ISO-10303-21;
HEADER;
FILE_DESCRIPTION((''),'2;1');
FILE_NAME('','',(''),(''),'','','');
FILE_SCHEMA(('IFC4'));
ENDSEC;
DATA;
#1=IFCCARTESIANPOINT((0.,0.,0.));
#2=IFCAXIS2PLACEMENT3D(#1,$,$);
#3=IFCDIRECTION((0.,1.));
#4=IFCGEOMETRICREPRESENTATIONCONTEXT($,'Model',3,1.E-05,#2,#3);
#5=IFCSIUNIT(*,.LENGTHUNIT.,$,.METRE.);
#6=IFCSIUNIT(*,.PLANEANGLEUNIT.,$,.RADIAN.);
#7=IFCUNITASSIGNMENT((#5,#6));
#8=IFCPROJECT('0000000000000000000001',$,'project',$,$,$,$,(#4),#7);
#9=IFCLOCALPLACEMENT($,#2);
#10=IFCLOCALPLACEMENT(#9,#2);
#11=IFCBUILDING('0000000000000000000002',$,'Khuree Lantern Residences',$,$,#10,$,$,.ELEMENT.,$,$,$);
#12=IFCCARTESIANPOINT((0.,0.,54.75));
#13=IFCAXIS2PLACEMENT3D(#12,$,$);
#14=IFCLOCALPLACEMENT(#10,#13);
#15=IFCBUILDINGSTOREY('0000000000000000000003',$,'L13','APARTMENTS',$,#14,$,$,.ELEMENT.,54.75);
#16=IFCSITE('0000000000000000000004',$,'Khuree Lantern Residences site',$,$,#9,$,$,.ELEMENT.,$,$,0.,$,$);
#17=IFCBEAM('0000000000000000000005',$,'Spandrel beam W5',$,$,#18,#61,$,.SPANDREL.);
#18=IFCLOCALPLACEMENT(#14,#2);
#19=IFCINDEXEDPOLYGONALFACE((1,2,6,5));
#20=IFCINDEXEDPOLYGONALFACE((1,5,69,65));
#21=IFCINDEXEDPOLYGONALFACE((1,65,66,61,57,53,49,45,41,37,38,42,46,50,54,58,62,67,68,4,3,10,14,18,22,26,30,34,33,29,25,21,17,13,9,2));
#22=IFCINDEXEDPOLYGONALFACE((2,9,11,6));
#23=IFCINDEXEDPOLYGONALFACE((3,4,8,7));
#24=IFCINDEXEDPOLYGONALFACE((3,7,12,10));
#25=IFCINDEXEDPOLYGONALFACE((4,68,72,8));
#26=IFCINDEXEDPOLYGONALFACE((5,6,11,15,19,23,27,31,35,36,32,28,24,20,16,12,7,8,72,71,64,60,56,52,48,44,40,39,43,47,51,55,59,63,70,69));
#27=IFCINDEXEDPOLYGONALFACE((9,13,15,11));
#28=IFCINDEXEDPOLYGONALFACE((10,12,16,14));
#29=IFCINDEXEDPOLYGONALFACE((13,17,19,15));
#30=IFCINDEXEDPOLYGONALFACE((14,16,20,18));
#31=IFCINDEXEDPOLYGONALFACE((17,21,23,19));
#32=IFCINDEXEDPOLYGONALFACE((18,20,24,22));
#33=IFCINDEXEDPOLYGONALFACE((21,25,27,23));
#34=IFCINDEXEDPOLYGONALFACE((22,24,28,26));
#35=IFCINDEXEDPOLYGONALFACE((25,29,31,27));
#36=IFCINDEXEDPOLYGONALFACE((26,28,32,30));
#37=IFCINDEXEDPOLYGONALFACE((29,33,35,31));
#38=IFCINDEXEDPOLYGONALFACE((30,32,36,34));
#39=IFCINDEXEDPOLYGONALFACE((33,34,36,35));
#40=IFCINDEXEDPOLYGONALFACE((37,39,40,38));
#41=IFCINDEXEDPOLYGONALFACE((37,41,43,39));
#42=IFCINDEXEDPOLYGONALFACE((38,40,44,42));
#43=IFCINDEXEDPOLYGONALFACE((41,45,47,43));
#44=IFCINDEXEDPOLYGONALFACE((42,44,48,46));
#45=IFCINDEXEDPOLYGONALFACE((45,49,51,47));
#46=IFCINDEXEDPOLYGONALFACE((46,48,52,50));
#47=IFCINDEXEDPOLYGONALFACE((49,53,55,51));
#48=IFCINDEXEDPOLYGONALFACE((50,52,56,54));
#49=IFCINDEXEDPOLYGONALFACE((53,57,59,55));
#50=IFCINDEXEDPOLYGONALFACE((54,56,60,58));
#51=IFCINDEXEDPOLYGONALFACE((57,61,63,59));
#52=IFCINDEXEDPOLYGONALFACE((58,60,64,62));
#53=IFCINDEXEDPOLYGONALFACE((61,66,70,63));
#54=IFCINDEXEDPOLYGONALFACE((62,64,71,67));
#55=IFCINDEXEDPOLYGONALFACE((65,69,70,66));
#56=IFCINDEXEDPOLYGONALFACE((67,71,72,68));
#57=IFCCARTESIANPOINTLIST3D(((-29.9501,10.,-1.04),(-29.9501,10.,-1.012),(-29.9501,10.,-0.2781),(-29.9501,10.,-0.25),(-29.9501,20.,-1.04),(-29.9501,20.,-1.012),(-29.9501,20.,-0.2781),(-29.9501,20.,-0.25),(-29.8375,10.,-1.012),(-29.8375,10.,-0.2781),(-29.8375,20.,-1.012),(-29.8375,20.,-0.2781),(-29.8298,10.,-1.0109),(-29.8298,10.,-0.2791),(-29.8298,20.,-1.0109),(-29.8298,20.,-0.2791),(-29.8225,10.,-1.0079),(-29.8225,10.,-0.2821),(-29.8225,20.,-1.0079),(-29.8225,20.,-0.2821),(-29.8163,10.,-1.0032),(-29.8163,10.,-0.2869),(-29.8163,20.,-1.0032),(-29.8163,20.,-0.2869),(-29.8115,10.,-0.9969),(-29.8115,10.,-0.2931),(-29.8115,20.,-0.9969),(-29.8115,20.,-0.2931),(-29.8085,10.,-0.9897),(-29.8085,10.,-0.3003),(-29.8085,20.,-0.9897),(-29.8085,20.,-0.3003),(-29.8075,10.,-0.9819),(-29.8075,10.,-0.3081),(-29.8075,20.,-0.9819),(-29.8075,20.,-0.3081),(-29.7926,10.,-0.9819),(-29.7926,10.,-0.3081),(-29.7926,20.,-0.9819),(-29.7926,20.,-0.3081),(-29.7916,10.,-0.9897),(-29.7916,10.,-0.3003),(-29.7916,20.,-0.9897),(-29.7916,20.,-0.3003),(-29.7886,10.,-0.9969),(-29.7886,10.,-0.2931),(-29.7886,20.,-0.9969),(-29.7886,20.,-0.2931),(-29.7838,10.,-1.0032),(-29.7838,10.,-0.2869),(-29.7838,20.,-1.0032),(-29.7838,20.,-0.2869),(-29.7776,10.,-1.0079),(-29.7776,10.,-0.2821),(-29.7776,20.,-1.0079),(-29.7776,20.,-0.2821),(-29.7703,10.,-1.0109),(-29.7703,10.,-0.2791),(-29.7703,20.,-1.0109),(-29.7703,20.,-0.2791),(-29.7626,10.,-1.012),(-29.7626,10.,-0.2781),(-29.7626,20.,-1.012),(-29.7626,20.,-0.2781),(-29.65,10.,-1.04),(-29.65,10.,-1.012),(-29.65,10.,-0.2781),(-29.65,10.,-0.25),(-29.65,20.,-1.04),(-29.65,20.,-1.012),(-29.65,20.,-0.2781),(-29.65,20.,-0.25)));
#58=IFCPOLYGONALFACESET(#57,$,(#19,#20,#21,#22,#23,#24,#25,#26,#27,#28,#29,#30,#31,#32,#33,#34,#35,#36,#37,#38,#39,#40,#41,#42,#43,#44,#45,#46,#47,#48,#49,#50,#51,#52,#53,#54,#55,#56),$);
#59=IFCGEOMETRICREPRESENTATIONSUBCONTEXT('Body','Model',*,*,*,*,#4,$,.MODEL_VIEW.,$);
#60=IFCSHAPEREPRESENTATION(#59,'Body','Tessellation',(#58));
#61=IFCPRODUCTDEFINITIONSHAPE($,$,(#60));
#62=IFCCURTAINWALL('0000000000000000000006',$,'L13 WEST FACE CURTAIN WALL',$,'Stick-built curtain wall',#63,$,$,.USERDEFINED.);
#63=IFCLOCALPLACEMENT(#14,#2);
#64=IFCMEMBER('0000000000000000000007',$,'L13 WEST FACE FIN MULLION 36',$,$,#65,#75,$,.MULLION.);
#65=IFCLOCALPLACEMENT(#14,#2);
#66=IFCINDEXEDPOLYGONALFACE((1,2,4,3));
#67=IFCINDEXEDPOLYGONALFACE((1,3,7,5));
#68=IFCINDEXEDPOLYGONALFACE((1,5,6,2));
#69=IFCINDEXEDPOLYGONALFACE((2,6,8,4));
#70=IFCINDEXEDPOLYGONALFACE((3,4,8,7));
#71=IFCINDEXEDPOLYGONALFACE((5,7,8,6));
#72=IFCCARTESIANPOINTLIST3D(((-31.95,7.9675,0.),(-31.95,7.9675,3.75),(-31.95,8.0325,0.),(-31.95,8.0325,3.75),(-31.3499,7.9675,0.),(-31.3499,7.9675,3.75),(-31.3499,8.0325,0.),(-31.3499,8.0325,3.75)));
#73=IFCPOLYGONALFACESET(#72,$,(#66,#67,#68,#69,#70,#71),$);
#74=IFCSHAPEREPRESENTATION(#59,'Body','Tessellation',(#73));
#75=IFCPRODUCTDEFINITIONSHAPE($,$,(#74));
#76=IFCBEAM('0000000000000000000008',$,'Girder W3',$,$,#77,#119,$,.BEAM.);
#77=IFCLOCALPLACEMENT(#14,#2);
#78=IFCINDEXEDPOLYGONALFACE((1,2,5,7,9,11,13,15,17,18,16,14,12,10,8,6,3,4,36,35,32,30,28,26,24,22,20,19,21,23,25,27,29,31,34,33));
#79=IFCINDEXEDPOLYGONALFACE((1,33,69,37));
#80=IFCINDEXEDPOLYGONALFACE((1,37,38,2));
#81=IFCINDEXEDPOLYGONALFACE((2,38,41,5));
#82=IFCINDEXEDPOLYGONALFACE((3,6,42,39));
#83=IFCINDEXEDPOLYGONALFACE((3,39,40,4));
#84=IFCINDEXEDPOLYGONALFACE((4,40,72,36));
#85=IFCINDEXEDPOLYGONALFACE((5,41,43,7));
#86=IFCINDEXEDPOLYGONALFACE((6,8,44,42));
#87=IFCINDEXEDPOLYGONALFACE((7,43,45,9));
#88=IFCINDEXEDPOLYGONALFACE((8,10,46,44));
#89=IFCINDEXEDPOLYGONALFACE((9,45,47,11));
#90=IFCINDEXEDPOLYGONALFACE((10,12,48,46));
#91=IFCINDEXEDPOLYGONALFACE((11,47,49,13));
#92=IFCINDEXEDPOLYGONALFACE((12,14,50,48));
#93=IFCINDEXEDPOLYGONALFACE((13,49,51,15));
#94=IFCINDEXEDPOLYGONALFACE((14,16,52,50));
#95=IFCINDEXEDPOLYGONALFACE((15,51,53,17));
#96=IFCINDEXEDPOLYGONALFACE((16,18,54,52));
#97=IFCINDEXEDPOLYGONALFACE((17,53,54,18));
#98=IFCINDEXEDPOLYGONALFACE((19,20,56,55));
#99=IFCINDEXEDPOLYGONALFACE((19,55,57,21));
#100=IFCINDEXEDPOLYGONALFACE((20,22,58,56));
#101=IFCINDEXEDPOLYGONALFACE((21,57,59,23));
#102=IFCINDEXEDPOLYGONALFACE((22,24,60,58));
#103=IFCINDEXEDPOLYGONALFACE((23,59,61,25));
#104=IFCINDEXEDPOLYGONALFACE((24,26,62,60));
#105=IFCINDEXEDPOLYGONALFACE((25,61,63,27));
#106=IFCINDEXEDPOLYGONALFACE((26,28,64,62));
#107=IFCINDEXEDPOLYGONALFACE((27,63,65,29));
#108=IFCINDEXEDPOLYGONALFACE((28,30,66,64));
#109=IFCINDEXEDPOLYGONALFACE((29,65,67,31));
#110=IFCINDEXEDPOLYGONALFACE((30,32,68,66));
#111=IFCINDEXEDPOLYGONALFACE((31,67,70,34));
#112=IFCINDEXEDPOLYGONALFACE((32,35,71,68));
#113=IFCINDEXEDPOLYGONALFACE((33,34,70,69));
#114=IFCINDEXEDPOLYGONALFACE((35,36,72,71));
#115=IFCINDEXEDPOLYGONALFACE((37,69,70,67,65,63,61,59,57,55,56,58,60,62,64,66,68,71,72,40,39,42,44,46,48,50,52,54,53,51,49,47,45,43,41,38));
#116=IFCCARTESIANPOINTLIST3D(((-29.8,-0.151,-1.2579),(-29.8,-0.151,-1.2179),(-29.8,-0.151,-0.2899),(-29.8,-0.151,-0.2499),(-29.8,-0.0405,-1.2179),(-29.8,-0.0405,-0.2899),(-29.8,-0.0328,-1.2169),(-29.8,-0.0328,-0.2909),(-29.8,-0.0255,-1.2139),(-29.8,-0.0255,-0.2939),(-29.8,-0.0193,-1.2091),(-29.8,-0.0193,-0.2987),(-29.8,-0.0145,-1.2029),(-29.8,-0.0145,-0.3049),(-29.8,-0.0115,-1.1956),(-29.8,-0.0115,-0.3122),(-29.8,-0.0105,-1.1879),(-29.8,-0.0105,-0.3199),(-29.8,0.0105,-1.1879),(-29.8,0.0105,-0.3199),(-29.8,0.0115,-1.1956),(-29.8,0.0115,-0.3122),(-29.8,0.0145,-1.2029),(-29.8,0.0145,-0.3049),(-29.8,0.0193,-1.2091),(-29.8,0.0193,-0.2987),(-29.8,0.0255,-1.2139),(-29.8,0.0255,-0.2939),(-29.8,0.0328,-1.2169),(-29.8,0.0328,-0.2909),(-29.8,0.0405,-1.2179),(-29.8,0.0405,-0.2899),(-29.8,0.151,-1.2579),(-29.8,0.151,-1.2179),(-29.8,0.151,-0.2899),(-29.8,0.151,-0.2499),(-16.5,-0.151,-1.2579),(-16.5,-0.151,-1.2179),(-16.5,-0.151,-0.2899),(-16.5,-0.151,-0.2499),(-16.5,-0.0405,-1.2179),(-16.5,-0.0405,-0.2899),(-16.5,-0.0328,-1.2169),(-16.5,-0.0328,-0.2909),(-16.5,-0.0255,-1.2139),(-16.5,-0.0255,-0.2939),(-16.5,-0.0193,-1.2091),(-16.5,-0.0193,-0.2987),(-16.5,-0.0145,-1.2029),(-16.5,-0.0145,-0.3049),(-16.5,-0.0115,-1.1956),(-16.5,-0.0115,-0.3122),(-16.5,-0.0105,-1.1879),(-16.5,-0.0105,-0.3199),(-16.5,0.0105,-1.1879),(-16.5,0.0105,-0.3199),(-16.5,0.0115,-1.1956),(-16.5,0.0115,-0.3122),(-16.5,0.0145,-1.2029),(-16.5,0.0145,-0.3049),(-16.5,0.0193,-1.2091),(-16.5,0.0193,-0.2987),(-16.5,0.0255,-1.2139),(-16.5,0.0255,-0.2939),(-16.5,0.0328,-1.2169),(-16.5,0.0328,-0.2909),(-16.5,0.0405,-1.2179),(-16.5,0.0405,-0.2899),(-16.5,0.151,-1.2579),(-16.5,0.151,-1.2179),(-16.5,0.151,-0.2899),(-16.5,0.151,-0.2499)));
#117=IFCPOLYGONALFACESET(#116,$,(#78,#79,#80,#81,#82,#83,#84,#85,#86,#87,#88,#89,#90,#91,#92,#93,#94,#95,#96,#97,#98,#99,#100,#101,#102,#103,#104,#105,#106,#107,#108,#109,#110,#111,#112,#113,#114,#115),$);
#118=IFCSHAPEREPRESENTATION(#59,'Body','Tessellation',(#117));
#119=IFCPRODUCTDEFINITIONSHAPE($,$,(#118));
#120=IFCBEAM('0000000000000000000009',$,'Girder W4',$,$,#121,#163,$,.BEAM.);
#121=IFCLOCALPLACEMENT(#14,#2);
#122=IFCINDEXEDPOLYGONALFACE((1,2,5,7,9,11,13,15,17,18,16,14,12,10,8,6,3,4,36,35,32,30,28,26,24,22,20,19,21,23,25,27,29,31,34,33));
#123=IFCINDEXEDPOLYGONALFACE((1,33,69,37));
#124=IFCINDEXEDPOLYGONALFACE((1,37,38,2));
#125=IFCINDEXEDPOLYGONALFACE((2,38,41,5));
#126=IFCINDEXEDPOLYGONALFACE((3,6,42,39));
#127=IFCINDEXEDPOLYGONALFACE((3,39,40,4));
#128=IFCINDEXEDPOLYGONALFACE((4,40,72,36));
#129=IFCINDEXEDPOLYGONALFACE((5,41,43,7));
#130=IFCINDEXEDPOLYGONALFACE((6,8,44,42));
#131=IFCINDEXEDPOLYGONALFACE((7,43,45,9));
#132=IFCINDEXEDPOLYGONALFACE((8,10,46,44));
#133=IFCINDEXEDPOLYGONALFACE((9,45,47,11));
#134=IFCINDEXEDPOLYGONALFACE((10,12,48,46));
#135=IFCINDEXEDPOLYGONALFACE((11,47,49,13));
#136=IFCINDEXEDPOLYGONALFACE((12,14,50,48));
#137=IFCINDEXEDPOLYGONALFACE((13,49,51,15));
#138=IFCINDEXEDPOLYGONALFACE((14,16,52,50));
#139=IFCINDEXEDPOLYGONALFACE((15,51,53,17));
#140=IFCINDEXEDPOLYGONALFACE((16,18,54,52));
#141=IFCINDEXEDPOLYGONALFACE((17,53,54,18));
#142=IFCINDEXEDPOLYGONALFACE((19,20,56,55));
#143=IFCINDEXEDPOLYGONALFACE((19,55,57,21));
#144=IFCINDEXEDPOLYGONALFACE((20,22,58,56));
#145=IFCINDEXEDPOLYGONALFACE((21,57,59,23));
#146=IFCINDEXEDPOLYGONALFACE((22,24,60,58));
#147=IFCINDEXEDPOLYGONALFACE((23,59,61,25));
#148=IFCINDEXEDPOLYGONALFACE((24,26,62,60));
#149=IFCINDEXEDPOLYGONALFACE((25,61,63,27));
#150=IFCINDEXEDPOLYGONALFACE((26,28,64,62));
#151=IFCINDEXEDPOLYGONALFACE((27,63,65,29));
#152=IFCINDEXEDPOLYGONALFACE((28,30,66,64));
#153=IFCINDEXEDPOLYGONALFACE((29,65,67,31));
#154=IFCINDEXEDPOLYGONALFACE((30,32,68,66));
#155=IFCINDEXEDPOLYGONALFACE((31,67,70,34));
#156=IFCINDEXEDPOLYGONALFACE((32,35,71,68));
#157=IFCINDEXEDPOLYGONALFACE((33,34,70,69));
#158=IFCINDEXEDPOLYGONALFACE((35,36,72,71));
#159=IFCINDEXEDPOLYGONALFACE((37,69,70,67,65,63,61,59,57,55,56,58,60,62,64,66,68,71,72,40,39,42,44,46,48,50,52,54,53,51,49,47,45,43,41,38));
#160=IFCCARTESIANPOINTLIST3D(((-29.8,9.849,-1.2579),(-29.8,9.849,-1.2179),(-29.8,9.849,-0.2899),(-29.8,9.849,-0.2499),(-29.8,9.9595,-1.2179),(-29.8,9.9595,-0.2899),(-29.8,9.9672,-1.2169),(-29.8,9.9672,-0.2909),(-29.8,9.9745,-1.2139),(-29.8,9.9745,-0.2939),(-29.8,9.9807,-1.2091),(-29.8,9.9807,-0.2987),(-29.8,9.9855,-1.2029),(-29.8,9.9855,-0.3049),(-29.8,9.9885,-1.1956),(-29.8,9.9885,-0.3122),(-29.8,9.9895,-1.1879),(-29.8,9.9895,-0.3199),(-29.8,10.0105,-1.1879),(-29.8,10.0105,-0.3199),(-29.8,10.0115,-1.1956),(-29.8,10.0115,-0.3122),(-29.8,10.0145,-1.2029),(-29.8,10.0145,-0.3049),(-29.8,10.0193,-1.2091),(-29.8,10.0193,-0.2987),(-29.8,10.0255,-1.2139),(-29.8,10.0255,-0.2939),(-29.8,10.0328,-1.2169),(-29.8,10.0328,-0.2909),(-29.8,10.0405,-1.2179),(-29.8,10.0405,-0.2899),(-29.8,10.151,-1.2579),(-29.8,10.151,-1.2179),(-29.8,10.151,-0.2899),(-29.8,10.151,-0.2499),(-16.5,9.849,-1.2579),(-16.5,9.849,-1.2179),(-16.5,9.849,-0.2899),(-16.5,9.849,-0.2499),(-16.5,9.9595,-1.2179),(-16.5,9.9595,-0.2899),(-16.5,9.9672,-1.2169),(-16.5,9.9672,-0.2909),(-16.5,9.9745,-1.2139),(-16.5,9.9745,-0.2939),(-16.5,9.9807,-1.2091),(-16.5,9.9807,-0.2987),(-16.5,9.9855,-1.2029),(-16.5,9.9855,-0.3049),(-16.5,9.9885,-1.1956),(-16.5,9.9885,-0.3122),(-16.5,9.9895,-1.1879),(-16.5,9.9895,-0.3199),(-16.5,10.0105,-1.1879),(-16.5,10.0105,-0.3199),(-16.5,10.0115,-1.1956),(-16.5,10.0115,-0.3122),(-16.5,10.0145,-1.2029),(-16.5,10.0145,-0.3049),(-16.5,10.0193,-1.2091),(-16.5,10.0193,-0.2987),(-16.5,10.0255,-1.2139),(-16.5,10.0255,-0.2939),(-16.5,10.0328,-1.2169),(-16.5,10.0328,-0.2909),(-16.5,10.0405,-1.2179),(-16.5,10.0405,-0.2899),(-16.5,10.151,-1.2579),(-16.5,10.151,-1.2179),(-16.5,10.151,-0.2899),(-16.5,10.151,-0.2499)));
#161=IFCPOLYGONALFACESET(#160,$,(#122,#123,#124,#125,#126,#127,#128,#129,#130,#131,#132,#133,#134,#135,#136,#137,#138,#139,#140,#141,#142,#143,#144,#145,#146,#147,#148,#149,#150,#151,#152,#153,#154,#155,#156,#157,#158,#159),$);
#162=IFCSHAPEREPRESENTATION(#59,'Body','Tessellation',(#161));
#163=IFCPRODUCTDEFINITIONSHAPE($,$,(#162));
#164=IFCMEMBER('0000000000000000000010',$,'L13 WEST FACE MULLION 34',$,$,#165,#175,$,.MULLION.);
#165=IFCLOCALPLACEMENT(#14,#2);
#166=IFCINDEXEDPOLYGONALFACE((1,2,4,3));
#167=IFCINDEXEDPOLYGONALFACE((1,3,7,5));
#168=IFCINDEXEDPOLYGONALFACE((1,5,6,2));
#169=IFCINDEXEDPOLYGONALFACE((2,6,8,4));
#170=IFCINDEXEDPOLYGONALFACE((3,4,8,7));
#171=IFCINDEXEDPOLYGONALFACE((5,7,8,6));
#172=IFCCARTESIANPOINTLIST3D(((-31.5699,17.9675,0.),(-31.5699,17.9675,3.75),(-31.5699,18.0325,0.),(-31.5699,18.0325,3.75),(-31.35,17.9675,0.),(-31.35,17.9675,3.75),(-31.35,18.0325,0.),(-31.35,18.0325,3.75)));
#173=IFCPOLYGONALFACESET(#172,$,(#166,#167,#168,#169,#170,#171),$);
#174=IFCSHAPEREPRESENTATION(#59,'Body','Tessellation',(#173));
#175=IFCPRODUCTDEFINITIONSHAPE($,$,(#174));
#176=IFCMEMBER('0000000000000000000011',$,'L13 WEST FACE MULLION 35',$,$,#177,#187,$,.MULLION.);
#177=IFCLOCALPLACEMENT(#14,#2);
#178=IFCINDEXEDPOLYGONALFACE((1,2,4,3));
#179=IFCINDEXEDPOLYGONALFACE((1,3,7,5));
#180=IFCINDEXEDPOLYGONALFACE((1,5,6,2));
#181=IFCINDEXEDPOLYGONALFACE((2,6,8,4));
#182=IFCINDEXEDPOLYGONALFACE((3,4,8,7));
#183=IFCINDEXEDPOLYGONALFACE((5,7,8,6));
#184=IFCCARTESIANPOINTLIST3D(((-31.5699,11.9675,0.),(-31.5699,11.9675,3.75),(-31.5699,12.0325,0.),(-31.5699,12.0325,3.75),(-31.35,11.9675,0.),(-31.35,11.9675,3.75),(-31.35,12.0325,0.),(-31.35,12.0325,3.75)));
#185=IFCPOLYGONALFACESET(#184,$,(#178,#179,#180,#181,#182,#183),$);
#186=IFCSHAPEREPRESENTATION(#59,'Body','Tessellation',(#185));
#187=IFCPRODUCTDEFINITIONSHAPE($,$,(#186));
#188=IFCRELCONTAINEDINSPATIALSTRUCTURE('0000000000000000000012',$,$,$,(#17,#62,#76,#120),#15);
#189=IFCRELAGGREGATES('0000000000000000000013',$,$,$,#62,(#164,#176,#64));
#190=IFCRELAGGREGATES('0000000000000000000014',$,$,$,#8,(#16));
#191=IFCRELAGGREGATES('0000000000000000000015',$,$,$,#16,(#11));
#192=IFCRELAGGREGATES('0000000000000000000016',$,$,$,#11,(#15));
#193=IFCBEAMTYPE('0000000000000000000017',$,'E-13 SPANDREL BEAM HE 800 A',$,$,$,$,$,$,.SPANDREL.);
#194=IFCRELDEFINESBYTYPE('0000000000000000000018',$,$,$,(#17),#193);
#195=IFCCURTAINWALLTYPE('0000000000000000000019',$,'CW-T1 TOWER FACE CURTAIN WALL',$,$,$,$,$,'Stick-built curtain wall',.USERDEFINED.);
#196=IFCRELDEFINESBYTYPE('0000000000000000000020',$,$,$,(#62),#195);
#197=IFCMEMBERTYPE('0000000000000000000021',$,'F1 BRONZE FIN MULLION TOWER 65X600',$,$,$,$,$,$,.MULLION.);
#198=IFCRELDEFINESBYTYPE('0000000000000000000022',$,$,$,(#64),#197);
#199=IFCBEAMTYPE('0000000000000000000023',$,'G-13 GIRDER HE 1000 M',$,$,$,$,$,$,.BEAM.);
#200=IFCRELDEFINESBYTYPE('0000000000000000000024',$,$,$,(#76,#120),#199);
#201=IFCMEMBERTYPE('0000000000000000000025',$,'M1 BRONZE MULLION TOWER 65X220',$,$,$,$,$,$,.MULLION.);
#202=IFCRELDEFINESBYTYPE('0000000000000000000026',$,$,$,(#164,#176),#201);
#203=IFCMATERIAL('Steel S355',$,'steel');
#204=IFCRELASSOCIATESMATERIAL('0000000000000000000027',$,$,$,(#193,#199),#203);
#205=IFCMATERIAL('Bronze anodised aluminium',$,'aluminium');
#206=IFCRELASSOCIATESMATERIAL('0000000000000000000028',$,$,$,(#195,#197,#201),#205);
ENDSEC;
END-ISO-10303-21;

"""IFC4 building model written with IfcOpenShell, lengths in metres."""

from ifc_helpers import new_model, si_unit, direction, frame, origin, origin_2d, place, context, subcontext, project, spatial, rectangle, i_section, extrude, material, material_profile, profile_set, type_object, element, aggregate, save


model = new_model("IFC4")

# Units and contexts
model_context = context("Model", 3, precision=1e-05, world=origin(), true_north=direction((0.0, 1.0)))
body_context = subcontext(model_context, "Body", "Model", "MODEL_VIEW")
ifc_project = project(units=[si_unit("LENGTHUNIT", "METRE"), si_unit("PLANEANGLEUNIT", "RADIAN")], contexts=[model_context])

# Site, building, storey
site_placement = place(None, origin())
site = spatial("IfcSite", under=ifc_project, at=site_placement, Name="Khuree Lantern Residences site", CompositionType="ELEMENT", RefElevation=0.0)
building_placement = place(site_placement, origin())
building = spatial("IfcBuilding", under=site, at=building_placement, Name="Khuree Lantern Residences", CompositionType="ELEMENT")
storey_placement = place(building_placement, frame((0.0, 0.0, 54.75)))
storey = spatial("IfcBuildingStorey", under=building, at=storey_placement, Name="L13", Description="APARTMENTS", CompositionType="ELEMENT", Elevation=54.75)

# Beam
ifc_material_1 = material(Name="Steel S355", Category="steel")
ifc_material_profile_1 = material_profile(ifc_material_1, i_section(OverallWidth=0.3, OverallDepth=0.79, WebThickness=0.0149, FlangeThickness=0.0281, FilletRadius=0.03, at=origin_2d()), Name="HE 800 A")
ifc_profile_set_1 = profile_set([ifc_material_profile_1], Name="Steel S355")
beam_type_1 = type_object("IfcBeamType", Name="E-13 SPANDREL BEAM HE 800 A", PredefinedType="SPANDREL", material=ifc_profile_set_1)
for number, where, z_axis, x_axis, name in (
    (1, (-29.8, 10.0, -0.645), (0.0, 1.0, 0.0), (-1.0, 0.0, 0.0), "Spandrel beam W5"),
):
    element("IfcBeam", number, at=place(storey_placement, frame(where, z_axis=z_axis, x_axis=x_axis)), inside=storey, type_object=beam_type_1, Name=name, PredefinedType="SPANDREL", context=body_context, shape_type="SweptSolid", body=[
        extrude(i_section(OverallWidth=0.3, OverallDepth=0.79, WebThickness=0.0149, FlangeThickness=0.0281, FilletRadius=0.03, at=origin_2d()), origin(), (0.0, 0.0, 1.0), 10.0),
    ])

# Curtain wall, member
ifc_material_2 = material(Name="Bronze anodised aluminium", Category="aluminium")
curtain_wall_type = type_object("IfcCurtainWallType", Name="CW-T1 TOWER FACE CURTAIN WALL", ElementType="Stick-built curtain wall", PredefinedType="USERDEFINED", material=ifc_material_2)
curtain_wall_placement = place(storey_placement, origin())
curtain_wall = element("IfcCurtainWall", 2, at=curtain_wall_placement, inside=storey, type_object=curtain_wall_type, Name="L13 WEST FACE CURTAIN WALL", ObjectType="Stick-built curtain wall", PredefinedType="USERDEFINED")
ifc_material_profile_2 = material_profile(ifc_material_2, rectangle(XDim=0.0649, YDim=0.6001, at=origin_2d()), Name="F1 65X600")
ifc_profile_set_2 = profile_set([ifc_material_profile_2], Name="Bronze anodised aluminium")
member_type_1 = type_object("IfcMemberType", Name="F1 BRONZE FIN MULLION TOWER 65X600", PredefinedType="MULLION", material=ifc_profile_set_2)
member_1_placement = place(storey_placement, frame((-31.6499, 8.0, 0.0), z_axis=(0.0, 0.0, 1.0), x_axis=(0.0, -1.0, 0.0)))
member_1 = element("IfcMember", 3, at=member_1_placement, type_object=member_type_1, Name="L13 WEST FACE FIN MULLION 36", PredefinedType="MULLION", context=body_context, shape_type="SweptSolid", body=[
    extrude(rectangle(XDim=0.0649, YDim=0.6001, at=origin_2d()), origin(), (0.0, 0.0, 1.0), 3.75),
])

# Beams
ifc_material_profile_3 = material_profile(ifc_material_1, i_section(OverallWidth=0.302, OverallDepth=1.0081, WebThickness=0.021, FlangeThickness=0.04, FilletRadius=0.03, at=origin_2d()), Name="HE 1000 M")
ifc_profile_set_3 = profile_set([ifc_material_profile_3], Name="Steel S355")
beam_type_2 = type_object("IfcBeamType", Name="G-13 GIRDER HE 1000 M", PredefinedType="BEAM", material=ifc_profile_set_3)
for number, where, z_axis, x_axis, name in (
    (4, (-29.8, 0.0, -0.7539), (1.0, 0.0, 0.0), (0.0, 1.0, 0.0), "Girder W3"),
    (5, (-29.8, 10.0, -0.7539), (1.0, 0.0, 0.0), (0.0, 1.0, 0.0), "Girder W4"),
):
    element("IfcBeam", number, at=place(storey_placement, frame(where, z_axis=z_axis, x_axis=x_axis)), inside=storey, type_object=beam_type_2, Name=name, PredefinedType="BEAM", context=body_context, shape_type="SweptSolid", body=[
        extrude(i_section(OverallWidth=0.302, OverallDepth=1.0081, WebThickness=0.021, FlangeThickness=0.04, FilletRadius=0.03, at=origin_2d()), origin(), (0.0, 0.0, 1.0), 13.3),
    ])

# Members
ifc_material_profile_4 = material_profile(ifc_material_2, rectangle(XDim=0.0649, YDim=0.22, at=origin_2d()), Name="M1 65X220")
ifc_profile_set_4 = profile_set([ifc_material_profile_4], Name="Bronze anodised aluminium")
member_type_2 = type_object("IfcMemberType", Name="M1 BRONZE MULLION TOWER 65X220", PredefinedType="MULLION", material=ifc_profile_set_4)
member_2_placement = place(storey_placement, frame((-31.46, 18.0, 0.0), z_axis=(0.0, 0.0, 1.0), x_axis=(0.0, -1.0, 0.0)))
member_2 = element("IfcMember", 6, at=member_2_placement, type_object=member_type_2, Name="L13 WEST FACE MULLION 34", PredefinedType="MULLION", context=body_context, shape_type="SweptSolid", body=[
    extrude(rectangle(XDim=0.0649, YDim=0.22, at=origin_2d()), origin(), (0.0, 0.0, 1.0), 3.75),
])
member_3_placement = place(storey_placement, frame((-31.46, 12.0, 0.0), z_axis=(0.0, 0.0, 1.0), x_axis=(0.0, -1.0, 0.0)))
member_3 = element("IfcMember", 7, at=member_3_placement, type_object=member_type_2, Name="L13 WEST FACE MULLION 35", PredefinedType="MULLION", context=body_context, shape_type="SweptSolid", body=[
    extrude(rectangle(XDim=0.0649, YDim=0.22, at=origin_2d()), origin(), (0.0, 0.0, 1.0), 3.75),
])

aggregate(curtain_wall, [member_2, member_3, member_1])

save(model, "model.ifc")
